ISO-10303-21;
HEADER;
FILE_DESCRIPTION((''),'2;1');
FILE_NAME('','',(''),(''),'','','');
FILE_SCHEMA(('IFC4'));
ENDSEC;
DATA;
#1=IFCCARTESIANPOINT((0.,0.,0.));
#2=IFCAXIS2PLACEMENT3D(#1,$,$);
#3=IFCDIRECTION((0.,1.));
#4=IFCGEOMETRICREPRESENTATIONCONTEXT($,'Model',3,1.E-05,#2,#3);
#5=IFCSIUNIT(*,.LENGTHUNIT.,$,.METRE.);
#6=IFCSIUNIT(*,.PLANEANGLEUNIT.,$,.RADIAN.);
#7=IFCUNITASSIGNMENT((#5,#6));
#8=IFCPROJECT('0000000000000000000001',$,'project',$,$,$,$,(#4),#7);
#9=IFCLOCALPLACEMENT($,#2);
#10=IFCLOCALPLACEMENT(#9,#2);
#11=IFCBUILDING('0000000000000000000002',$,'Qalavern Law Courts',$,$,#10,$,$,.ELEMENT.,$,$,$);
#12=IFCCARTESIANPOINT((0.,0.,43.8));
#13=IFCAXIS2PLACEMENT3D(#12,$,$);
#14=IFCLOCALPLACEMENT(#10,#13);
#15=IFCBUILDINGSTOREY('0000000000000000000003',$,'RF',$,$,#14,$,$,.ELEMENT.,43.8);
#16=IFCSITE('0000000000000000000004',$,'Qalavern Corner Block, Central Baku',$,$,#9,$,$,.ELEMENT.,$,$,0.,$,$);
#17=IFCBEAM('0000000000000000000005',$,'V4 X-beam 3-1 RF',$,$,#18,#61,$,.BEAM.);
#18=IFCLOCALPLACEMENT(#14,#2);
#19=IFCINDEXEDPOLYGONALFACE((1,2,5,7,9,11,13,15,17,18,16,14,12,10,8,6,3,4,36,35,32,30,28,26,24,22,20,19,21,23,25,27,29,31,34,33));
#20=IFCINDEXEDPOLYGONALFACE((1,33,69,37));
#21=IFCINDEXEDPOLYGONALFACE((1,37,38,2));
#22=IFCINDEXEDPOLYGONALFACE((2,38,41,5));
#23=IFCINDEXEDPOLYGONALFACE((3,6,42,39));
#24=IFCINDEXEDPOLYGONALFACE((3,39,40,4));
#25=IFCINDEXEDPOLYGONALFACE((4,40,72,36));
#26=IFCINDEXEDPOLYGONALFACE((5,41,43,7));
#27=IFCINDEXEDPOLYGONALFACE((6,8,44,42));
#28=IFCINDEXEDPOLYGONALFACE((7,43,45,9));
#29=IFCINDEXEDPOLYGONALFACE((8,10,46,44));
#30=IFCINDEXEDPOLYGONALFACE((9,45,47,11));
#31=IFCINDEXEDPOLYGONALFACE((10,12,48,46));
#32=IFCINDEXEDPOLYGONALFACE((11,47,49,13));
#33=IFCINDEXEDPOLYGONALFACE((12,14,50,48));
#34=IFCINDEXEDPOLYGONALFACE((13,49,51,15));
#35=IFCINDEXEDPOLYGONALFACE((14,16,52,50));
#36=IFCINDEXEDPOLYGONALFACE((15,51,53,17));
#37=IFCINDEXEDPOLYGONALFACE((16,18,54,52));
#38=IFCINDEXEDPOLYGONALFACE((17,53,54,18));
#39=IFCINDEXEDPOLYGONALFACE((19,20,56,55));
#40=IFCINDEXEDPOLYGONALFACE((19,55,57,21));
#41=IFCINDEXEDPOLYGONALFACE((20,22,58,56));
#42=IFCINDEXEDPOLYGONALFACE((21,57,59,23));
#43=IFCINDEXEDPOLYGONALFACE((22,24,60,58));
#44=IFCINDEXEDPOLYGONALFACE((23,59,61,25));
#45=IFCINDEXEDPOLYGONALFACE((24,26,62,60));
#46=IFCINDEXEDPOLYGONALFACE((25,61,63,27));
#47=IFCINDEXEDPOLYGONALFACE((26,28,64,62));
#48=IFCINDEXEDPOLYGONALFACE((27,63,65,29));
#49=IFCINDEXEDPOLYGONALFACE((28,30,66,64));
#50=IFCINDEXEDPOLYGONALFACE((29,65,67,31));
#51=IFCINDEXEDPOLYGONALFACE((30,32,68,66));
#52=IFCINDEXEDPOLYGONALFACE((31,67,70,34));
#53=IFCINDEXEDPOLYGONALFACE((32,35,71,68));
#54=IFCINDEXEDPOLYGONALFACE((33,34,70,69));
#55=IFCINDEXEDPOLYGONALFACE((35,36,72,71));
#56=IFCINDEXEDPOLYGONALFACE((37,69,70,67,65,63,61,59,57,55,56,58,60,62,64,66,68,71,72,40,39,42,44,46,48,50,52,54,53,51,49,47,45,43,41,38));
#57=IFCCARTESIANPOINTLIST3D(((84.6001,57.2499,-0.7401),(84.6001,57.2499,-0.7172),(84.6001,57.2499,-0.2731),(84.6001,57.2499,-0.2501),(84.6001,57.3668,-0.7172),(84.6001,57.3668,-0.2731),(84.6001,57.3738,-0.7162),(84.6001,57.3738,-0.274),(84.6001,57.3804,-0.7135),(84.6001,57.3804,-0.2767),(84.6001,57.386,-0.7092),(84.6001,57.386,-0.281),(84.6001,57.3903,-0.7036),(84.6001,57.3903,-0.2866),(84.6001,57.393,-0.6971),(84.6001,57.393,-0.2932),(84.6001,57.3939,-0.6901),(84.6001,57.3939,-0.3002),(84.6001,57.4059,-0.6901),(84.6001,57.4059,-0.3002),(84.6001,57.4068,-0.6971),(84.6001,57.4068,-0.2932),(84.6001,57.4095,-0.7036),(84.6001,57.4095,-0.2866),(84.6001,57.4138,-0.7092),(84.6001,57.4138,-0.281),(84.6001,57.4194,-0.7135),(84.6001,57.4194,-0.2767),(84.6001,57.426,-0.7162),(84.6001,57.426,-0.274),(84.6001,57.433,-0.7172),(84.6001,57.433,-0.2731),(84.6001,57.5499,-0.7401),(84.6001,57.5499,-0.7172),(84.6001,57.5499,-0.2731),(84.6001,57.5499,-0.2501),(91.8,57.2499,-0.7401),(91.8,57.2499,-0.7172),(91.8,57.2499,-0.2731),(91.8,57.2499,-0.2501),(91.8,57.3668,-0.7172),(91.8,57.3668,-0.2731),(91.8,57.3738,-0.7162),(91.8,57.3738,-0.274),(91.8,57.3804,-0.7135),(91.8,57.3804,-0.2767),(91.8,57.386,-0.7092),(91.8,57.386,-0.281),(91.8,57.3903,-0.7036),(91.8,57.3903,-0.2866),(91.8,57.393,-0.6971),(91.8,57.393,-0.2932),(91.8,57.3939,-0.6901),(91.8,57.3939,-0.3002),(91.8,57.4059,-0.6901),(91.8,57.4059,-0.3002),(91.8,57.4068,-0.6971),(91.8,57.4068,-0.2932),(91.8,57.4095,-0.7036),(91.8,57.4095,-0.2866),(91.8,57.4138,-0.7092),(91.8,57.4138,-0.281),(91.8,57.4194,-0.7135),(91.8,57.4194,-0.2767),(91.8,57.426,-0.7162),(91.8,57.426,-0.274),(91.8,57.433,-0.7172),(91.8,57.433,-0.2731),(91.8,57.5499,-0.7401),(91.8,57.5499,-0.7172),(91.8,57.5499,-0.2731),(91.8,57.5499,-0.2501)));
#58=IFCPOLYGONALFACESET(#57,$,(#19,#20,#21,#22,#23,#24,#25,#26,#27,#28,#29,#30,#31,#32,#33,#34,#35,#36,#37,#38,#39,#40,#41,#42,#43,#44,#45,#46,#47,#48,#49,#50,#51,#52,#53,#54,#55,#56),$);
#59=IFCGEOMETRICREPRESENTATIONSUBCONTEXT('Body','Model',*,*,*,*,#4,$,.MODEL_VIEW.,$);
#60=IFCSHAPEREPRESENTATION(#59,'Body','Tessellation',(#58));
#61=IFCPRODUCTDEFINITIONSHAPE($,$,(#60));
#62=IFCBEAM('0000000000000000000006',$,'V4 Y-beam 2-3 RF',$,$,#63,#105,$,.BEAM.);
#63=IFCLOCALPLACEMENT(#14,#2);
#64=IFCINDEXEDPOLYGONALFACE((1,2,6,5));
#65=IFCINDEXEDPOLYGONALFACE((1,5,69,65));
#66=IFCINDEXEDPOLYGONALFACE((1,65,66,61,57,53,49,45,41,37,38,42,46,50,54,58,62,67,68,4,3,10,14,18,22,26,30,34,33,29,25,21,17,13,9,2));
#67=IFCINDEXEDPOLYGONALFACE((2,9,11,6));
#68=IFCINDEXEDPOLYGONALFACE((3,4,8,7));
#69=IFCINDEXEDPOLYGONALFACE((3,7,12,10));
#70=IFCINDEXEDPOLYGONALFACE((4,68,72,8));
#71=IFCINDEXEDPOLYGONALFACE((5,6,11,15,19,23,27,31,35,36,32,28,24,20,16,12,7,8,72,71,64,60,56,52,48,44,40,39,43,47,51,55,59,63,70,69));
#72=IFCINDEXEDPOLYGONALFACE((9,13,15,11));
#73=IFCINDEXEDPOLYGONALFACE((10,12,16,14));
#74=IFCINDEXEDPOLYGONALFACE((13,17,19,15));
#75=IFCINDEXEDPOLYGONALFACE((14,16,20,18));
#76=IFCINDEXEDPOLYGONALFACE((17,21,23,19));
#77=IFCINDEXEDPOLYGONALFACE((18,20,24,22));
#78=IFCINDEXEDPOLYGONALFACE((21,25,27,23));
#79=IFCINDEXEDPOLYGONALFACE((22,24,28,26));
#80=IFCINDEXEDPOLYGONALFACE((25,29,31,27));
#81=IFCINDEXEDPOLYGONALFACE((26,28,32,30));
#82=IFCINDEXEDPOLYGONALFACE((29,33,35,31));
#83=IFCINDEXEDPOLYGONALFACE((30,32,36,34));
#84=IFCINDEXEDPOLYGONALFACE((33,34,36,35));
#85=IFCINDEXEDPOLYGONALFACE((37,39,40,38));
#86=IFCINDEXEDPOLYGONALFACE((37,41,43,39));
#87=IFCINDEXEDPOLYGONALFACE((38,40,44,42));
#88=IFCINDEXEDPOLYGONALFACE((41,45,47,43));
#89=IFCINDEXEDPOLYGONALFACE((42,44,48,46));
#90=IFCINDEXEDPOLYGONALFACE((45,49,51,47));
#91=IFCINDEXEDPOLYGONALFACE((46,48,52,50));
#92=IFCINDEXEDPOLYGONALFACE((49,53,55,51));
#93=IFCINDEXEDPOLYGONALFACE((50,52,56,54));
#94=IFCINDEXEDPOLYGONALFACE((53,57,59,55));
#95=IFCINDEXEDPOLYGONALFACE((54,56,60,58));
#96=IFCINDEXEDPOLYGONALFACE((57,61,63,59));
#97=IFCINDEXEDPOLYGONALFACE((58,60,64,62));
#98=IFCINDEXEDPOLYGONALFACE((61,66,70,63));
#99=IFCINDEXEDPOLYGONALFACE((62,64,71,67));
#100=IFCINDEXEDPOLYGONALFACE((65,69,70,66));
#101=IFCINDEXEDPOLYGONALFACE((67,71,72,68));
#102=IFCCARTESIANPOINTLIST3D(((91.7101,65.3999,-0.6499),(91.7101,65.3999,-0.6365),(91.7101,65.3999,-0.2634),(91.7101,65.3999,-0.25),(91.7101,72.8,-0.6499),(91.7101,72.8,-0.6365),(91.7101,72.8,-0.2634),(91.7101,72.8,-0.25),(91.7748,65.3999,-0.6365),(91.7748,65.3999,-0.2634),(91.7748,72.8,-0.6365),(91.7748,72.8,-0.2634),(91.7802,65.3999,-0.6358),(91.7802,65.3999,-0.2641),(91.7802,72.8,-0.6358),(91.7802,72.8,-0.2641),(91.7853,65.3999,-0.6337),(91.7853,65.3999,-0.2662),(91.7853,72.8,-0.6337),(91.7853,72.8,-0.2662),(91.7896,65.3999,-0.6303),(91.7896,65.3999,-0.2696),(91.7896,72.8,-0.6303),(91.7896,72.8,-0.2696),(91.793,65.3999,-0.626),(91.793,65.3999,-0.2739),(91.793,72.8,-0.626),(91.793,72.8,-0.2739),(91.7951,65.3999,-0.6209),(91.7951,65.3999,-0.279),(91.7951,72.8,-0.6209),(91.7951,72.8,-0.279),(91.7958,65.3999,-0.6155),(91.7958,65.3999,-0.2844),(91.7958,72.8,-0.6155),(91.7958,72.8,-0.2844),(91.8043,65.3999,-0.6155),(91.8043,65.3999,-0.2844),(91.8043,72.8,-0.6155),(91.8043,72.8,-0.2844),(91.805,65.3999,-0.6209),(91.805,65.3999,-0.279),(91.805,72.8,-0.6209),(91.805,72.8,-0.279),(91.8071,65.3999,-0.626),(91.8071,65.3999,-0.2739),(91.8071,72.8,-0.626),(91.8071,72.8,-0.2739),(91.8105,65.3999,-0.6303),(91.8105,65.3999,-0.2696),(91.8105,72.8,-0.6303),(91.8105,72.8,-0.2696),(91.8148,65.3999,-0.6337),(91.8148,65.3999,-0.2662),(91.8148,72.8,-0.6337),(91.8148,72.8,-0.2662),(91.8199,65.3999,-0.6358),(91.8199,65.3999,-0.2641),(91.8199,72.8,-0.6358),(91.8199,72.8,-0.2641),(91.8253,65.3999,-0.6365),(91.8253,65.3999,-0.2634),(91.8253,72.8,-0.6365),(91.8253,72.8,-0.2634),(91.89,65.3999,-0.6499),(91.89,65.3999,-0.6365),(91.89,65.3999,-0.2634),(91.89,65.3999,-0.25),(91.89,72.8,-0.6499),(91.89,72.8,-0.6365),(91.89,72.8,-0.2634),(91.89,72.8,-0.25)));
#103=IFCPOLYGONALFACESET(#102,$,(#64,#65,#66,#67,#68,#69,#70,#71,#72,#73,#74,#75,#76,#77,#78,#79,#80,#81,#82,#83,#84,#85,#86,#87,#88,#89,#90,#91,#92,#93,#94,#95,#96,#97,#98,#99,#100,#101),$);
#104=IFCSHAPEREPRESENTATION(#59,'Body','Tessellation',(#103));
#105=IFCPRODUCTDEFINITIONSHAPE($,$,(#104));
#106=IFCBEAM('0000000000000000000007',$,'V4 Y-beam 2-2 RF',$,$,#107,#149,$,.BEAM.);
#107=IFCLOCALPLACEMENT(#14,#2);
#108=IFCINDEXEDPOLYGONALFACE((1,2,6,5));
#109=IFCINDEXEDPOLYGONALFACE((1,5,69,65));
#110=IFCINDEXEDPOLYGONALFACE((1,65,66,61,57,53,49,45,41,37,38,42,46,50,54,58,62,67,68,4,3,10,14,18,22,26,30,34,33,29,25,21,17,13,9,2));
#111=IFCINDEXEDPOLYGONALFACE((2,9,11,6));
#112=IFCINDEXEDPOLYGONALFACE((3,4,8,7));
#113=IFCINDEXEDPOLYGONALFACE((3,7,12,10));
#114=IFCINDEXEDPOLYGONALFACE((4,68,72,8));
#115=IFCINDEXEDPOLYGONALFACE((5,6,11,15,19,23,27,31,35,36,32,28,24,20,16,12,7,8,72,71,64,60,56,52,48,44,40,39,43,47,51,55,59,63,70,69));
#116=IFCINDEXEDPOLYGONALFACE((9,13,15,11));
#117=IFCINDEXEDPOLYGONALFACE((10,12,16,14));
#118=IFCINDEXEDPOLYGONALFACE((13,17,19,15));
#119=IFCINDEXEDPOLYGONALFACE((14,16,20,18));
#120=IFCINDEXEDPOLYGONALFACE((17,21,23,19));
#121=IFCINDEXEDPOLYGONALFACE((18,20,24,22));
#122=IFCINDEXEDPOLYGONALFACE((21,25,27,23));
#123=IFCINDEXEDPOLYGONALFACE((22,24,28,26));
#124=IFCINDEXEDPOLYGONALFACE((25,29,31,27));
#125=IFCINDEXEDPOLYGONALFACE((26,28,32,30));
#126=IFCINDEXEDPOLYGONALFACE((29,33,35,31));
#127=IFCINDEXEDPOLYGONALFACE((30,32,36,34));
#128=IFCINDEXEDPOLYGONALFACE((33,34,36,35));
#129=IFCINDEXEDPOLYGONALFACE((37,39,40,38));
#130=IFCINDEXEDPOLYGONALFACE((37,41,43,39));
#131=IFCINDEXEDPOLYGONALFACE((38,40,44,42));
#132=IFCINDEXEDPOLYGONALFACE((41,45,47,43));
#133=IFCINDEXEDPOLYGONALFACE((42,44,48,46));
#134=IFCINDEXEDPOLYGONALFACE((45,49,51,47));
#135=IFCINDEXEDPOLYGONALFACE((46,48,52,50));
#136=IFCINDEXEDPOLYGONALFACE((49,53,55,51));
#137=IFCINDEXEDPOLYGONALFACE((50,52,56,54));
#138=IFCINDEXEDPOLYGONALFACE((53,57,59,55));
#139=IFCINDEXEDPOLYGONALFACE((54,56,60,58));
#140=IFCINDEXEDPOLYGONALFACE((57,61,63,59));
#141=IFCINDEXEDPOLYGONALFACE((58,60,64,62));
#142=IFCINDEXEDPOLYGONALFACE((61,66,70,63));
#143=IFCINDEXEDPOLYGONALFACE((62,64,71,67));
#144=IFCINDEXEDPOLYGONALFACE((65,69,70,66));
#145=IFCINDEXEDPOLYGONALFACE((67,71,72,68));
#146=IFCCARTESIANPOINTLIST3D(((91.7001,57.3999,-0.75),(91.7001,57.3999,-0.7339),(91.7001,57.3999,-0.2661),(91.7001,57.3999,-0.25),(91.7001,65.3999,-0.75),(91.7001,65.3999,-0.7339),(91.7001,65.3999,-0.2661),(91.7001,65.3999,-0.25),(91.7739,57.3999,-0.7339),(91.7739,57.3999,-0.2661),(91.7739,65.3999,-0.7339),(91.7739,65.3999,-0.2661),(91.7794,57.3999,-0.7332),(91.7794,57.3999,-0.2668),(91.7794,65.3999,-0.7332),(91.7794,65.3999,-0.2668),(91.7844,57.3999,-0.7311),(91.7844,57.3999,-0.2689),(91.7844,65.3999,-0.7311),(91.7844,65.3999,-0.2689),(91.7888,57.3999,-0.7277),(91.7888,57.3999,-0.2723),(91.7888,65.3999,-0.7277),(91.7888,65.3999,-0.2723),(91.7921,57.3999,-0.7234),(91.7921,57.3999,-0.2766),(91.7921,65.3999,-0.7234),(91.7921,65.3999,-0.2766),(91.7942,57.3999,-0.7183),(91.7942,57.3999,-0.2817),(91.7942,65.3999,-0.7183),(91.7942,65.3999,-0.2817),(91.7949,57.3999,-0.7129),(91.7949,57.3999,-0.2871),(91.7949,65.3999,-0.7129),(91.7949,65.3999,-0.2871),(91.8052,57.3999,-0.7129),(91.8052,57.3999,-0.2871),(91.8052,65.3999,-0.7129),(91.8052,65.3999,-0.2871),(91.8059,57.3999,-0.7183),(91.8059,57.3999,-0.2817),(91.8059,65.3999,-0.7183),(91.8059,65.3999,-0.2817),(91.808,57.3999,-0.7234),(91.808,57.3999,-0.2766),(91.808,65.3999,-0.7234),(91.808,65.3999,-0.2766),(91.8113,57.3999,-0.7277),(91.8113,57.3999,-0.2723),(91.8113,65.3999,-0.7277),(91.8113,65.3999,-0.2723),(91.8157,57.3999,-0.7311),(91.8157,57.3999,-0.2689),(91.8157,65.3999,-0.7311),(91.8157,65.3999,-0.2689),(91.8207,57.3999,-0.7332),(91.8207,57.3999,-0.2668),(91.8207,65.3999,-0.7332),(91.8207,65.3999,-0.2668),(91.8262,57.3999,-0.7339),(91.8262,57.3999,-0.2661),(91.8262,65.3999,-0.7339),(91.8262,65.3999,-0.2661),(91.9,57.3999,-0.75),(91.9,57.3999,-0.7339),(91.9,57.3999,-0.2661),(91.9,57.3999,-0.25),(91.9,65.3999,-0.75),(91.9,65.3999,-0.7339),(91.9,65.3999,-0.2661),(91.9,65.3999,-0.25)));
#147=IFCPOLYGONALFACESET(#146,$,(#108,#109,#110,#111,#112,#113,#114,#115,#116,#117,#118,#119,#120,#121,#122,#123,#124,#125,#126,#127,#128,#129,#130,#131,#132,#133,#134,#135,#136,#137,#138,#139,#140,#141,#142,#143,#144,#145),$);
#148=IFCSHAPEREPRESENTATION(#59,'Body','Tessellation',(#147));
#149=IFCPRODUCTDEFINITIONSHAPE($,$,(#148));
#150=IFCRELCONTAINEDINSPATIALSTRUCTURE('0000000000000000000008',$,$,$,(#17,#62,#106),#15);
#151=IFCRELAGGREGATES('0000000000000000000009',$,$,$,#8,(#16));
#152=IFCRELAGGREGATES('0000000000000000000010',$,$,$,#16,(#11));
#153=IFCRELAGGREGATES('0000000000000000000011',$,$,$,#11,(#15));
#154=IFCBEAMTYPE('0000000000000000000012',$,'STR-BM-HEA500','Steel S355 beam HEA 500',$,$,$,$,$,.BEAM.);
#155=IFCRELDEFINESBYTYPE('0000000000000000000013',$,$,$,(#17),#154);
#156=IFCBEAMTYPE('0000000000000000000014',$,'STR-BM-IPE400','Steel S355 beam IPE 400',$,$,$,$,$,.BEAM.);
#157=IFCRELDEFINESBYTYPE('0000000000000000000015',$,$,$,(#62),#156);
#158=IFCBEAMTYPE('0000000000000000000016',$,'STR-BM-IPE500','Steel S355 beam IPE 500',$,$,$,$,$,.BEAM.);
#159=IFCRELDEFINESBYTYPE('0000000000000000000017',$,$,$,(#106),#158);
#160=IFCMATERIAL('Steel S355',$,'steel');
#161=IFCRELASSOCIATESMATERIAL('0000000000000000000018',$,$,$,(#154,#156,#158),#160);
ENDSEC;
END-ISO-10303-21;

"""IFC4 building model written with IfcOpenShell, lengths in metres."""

from ifc_helpers import new_model, si_unit, direction, frame, origin, origin_2d, place, context, subcontext, project, spatial, i_section, extrude, material, material_profile, profile_set, type_object, element, save


model = new_model("IFC4")

# Units and contexts
model_context = context("Model", 3, precision=1e-05, world=origin(), true_north=direction((0.0, 1.0)))
body_context = subcontext(model_context, "Body", "Model", "MODEL_VIEW")
ifc_project = project(units=[si_unit("LENGTHUNIT", "METRE"), si_unit("PLANEANGLEUNIT", "RADIAN")], contexts=[model_context])

# Site, building, storey
site_placement = place(None, origin())
site = spatial("IfcSite", under=ifc_project, at=site_placement, Name="Qalavern Corner Block, Central Baku", CompositionType="ELEMENT", RefElevation=0.0)
building_placement = place(site_placement, origin())
building = spatial("IfcBuilding", under=site, at=building_placement, Name="Qalavern Law Courts", CompositionType="ELEMENT")
storey_placement = place(building_placement, frame((0.0, 0.0, 43.8)))
storey = spatial("IfcBuildingStorey", under=building, at=storey_placement, Name="RF", CompositionType="ELEMENT", Elevation=43.8)

# Beams
ifc_material_1 = material(Name="Steel S355", Category="steel")
ifc_material_profile_1 = material_profile(ifc_material_1, i_section(OverallWidth=0.3, OverallDepth=0.49, WebThickness=0.012, FlangeThickness=0.0229, FilletRadius=0.0271, at=origin_2d()), Name="HEA 500")
ifc_profile_set_1 = profile_set([ifc_material_profile_1], Name="Steel S355")
beam_type_1 = type_object("IfcBeamType", Name="STR-BM-HEA500", Description="Steel S355 beam HEA 500", PredefinedType="BEAM", material=ifc_profile_set_1)
beam_1_placement = place(storey_placement, frame((84.6001, 57.3999, -0.4951), z_axis=(1.0, 0.0, 0.0), x_axis=(0.0, 1.0, 0.0)))
element("IfcBeam", 1, at=beam_1_placement, inside=storey, type_object=beam_type_1, Name="V4 X-beam 3-1 RF", PredefinedType="BEAM", context=body_context, shape_type="SweptSolid", body=[
    extrude(i_section(OverallWidth=0.3, OverallDepth=0.49, WebThickness=0.012, FlangeThickness=0.0229, FilletRadius=0.0271, at=origin_2d()), origin(), (0.0, 0.0, 1.0), 7.2),
])
ifc_material_profile_2 = material_profile(ifc_material_1, i_section(OverallWidth=0.1799, OverallDepth=0.3999, WebThickness=0.0085, FlangeThickness=0.0134, FilletRadius=0.021, at=origin_2d()), Name="IPE 400")
ifc_profile_set_2 = profile_set([ifc_material_profile_2], Name="Steel S355")
beam_type_2 = type_object("IfcBeamType", Name="STR-BM-IPE400", Description="Steel S355 beam IPE 400", PredefinedType="BEAM", material=ifc_profile_set_2)
beam_2_placement = place(storey_placement, frame((91.8, 65.3999, -0.45), z_axis=(0.0, 1.0, 0.0), x_axis=(-1.0, 0.0, 0.0)))
element("IfcBeam", 2, at=beam_2_placement, inside=storey, type_object=beam_type_2, Name="V4 Y-beam 2-3 RF", PredefinedType="BEAM", context=body_context, shape_type="SweptSolid", body=[
    extrude(i_section(OverallWidth=0.1799, OverallDepth=0.3999, WebThickness=0.0085, FlangeThickness=0.0134, FilletRadius=0.021, at=origin_2d()), origin(), (0.0, 0.0, 1.0), 7.4001),
])
ifc_material_profile_3 = material_profile(ifc_material_1, i_section(OverallWidth=0.2, OverallDepth=0.5, WebThickness=0.0103, FlangeThickness=0.0161, FilletRadius=0.021, at=origin_2d()), Name="IPE 500")
ifc_profile_set_3 = profile_set([ifc_material_profile_3], Name="Steel S355")
beam_type_3 = type_object("IfcBeamType", Name="STR-BM-IPE500", Description="Steel S355 beam IPE 500", PredefinedType="BEAM", material=ifc_profile_set_3)
beam_3_placement = place(storey_placement, frame((91.8, 57.3999, -0.5), z_axis=(0.0, 1.0, 0.0), x_axis=(-1.0, 0.0, 0.0)))
element("IfcBeam", 3, at=beam_3_placement, inside=storey, type_object=beam_type_3, Name="V4 Y-beam 2-2 RF", PredefinedType="BEAM", context=body_context, shape_type="SweptSolid", body=[
    extrude(i_section(OverallWidth=0.2, OverallDepth=0.5, WebThickness=0.0103, FlangeThickness=0.0161, FilletRadius=0.021, at=origin_2d()), origin(), (0.0, 0.0, 1.0), 8.0),
])

save(model, "model.ifc")
